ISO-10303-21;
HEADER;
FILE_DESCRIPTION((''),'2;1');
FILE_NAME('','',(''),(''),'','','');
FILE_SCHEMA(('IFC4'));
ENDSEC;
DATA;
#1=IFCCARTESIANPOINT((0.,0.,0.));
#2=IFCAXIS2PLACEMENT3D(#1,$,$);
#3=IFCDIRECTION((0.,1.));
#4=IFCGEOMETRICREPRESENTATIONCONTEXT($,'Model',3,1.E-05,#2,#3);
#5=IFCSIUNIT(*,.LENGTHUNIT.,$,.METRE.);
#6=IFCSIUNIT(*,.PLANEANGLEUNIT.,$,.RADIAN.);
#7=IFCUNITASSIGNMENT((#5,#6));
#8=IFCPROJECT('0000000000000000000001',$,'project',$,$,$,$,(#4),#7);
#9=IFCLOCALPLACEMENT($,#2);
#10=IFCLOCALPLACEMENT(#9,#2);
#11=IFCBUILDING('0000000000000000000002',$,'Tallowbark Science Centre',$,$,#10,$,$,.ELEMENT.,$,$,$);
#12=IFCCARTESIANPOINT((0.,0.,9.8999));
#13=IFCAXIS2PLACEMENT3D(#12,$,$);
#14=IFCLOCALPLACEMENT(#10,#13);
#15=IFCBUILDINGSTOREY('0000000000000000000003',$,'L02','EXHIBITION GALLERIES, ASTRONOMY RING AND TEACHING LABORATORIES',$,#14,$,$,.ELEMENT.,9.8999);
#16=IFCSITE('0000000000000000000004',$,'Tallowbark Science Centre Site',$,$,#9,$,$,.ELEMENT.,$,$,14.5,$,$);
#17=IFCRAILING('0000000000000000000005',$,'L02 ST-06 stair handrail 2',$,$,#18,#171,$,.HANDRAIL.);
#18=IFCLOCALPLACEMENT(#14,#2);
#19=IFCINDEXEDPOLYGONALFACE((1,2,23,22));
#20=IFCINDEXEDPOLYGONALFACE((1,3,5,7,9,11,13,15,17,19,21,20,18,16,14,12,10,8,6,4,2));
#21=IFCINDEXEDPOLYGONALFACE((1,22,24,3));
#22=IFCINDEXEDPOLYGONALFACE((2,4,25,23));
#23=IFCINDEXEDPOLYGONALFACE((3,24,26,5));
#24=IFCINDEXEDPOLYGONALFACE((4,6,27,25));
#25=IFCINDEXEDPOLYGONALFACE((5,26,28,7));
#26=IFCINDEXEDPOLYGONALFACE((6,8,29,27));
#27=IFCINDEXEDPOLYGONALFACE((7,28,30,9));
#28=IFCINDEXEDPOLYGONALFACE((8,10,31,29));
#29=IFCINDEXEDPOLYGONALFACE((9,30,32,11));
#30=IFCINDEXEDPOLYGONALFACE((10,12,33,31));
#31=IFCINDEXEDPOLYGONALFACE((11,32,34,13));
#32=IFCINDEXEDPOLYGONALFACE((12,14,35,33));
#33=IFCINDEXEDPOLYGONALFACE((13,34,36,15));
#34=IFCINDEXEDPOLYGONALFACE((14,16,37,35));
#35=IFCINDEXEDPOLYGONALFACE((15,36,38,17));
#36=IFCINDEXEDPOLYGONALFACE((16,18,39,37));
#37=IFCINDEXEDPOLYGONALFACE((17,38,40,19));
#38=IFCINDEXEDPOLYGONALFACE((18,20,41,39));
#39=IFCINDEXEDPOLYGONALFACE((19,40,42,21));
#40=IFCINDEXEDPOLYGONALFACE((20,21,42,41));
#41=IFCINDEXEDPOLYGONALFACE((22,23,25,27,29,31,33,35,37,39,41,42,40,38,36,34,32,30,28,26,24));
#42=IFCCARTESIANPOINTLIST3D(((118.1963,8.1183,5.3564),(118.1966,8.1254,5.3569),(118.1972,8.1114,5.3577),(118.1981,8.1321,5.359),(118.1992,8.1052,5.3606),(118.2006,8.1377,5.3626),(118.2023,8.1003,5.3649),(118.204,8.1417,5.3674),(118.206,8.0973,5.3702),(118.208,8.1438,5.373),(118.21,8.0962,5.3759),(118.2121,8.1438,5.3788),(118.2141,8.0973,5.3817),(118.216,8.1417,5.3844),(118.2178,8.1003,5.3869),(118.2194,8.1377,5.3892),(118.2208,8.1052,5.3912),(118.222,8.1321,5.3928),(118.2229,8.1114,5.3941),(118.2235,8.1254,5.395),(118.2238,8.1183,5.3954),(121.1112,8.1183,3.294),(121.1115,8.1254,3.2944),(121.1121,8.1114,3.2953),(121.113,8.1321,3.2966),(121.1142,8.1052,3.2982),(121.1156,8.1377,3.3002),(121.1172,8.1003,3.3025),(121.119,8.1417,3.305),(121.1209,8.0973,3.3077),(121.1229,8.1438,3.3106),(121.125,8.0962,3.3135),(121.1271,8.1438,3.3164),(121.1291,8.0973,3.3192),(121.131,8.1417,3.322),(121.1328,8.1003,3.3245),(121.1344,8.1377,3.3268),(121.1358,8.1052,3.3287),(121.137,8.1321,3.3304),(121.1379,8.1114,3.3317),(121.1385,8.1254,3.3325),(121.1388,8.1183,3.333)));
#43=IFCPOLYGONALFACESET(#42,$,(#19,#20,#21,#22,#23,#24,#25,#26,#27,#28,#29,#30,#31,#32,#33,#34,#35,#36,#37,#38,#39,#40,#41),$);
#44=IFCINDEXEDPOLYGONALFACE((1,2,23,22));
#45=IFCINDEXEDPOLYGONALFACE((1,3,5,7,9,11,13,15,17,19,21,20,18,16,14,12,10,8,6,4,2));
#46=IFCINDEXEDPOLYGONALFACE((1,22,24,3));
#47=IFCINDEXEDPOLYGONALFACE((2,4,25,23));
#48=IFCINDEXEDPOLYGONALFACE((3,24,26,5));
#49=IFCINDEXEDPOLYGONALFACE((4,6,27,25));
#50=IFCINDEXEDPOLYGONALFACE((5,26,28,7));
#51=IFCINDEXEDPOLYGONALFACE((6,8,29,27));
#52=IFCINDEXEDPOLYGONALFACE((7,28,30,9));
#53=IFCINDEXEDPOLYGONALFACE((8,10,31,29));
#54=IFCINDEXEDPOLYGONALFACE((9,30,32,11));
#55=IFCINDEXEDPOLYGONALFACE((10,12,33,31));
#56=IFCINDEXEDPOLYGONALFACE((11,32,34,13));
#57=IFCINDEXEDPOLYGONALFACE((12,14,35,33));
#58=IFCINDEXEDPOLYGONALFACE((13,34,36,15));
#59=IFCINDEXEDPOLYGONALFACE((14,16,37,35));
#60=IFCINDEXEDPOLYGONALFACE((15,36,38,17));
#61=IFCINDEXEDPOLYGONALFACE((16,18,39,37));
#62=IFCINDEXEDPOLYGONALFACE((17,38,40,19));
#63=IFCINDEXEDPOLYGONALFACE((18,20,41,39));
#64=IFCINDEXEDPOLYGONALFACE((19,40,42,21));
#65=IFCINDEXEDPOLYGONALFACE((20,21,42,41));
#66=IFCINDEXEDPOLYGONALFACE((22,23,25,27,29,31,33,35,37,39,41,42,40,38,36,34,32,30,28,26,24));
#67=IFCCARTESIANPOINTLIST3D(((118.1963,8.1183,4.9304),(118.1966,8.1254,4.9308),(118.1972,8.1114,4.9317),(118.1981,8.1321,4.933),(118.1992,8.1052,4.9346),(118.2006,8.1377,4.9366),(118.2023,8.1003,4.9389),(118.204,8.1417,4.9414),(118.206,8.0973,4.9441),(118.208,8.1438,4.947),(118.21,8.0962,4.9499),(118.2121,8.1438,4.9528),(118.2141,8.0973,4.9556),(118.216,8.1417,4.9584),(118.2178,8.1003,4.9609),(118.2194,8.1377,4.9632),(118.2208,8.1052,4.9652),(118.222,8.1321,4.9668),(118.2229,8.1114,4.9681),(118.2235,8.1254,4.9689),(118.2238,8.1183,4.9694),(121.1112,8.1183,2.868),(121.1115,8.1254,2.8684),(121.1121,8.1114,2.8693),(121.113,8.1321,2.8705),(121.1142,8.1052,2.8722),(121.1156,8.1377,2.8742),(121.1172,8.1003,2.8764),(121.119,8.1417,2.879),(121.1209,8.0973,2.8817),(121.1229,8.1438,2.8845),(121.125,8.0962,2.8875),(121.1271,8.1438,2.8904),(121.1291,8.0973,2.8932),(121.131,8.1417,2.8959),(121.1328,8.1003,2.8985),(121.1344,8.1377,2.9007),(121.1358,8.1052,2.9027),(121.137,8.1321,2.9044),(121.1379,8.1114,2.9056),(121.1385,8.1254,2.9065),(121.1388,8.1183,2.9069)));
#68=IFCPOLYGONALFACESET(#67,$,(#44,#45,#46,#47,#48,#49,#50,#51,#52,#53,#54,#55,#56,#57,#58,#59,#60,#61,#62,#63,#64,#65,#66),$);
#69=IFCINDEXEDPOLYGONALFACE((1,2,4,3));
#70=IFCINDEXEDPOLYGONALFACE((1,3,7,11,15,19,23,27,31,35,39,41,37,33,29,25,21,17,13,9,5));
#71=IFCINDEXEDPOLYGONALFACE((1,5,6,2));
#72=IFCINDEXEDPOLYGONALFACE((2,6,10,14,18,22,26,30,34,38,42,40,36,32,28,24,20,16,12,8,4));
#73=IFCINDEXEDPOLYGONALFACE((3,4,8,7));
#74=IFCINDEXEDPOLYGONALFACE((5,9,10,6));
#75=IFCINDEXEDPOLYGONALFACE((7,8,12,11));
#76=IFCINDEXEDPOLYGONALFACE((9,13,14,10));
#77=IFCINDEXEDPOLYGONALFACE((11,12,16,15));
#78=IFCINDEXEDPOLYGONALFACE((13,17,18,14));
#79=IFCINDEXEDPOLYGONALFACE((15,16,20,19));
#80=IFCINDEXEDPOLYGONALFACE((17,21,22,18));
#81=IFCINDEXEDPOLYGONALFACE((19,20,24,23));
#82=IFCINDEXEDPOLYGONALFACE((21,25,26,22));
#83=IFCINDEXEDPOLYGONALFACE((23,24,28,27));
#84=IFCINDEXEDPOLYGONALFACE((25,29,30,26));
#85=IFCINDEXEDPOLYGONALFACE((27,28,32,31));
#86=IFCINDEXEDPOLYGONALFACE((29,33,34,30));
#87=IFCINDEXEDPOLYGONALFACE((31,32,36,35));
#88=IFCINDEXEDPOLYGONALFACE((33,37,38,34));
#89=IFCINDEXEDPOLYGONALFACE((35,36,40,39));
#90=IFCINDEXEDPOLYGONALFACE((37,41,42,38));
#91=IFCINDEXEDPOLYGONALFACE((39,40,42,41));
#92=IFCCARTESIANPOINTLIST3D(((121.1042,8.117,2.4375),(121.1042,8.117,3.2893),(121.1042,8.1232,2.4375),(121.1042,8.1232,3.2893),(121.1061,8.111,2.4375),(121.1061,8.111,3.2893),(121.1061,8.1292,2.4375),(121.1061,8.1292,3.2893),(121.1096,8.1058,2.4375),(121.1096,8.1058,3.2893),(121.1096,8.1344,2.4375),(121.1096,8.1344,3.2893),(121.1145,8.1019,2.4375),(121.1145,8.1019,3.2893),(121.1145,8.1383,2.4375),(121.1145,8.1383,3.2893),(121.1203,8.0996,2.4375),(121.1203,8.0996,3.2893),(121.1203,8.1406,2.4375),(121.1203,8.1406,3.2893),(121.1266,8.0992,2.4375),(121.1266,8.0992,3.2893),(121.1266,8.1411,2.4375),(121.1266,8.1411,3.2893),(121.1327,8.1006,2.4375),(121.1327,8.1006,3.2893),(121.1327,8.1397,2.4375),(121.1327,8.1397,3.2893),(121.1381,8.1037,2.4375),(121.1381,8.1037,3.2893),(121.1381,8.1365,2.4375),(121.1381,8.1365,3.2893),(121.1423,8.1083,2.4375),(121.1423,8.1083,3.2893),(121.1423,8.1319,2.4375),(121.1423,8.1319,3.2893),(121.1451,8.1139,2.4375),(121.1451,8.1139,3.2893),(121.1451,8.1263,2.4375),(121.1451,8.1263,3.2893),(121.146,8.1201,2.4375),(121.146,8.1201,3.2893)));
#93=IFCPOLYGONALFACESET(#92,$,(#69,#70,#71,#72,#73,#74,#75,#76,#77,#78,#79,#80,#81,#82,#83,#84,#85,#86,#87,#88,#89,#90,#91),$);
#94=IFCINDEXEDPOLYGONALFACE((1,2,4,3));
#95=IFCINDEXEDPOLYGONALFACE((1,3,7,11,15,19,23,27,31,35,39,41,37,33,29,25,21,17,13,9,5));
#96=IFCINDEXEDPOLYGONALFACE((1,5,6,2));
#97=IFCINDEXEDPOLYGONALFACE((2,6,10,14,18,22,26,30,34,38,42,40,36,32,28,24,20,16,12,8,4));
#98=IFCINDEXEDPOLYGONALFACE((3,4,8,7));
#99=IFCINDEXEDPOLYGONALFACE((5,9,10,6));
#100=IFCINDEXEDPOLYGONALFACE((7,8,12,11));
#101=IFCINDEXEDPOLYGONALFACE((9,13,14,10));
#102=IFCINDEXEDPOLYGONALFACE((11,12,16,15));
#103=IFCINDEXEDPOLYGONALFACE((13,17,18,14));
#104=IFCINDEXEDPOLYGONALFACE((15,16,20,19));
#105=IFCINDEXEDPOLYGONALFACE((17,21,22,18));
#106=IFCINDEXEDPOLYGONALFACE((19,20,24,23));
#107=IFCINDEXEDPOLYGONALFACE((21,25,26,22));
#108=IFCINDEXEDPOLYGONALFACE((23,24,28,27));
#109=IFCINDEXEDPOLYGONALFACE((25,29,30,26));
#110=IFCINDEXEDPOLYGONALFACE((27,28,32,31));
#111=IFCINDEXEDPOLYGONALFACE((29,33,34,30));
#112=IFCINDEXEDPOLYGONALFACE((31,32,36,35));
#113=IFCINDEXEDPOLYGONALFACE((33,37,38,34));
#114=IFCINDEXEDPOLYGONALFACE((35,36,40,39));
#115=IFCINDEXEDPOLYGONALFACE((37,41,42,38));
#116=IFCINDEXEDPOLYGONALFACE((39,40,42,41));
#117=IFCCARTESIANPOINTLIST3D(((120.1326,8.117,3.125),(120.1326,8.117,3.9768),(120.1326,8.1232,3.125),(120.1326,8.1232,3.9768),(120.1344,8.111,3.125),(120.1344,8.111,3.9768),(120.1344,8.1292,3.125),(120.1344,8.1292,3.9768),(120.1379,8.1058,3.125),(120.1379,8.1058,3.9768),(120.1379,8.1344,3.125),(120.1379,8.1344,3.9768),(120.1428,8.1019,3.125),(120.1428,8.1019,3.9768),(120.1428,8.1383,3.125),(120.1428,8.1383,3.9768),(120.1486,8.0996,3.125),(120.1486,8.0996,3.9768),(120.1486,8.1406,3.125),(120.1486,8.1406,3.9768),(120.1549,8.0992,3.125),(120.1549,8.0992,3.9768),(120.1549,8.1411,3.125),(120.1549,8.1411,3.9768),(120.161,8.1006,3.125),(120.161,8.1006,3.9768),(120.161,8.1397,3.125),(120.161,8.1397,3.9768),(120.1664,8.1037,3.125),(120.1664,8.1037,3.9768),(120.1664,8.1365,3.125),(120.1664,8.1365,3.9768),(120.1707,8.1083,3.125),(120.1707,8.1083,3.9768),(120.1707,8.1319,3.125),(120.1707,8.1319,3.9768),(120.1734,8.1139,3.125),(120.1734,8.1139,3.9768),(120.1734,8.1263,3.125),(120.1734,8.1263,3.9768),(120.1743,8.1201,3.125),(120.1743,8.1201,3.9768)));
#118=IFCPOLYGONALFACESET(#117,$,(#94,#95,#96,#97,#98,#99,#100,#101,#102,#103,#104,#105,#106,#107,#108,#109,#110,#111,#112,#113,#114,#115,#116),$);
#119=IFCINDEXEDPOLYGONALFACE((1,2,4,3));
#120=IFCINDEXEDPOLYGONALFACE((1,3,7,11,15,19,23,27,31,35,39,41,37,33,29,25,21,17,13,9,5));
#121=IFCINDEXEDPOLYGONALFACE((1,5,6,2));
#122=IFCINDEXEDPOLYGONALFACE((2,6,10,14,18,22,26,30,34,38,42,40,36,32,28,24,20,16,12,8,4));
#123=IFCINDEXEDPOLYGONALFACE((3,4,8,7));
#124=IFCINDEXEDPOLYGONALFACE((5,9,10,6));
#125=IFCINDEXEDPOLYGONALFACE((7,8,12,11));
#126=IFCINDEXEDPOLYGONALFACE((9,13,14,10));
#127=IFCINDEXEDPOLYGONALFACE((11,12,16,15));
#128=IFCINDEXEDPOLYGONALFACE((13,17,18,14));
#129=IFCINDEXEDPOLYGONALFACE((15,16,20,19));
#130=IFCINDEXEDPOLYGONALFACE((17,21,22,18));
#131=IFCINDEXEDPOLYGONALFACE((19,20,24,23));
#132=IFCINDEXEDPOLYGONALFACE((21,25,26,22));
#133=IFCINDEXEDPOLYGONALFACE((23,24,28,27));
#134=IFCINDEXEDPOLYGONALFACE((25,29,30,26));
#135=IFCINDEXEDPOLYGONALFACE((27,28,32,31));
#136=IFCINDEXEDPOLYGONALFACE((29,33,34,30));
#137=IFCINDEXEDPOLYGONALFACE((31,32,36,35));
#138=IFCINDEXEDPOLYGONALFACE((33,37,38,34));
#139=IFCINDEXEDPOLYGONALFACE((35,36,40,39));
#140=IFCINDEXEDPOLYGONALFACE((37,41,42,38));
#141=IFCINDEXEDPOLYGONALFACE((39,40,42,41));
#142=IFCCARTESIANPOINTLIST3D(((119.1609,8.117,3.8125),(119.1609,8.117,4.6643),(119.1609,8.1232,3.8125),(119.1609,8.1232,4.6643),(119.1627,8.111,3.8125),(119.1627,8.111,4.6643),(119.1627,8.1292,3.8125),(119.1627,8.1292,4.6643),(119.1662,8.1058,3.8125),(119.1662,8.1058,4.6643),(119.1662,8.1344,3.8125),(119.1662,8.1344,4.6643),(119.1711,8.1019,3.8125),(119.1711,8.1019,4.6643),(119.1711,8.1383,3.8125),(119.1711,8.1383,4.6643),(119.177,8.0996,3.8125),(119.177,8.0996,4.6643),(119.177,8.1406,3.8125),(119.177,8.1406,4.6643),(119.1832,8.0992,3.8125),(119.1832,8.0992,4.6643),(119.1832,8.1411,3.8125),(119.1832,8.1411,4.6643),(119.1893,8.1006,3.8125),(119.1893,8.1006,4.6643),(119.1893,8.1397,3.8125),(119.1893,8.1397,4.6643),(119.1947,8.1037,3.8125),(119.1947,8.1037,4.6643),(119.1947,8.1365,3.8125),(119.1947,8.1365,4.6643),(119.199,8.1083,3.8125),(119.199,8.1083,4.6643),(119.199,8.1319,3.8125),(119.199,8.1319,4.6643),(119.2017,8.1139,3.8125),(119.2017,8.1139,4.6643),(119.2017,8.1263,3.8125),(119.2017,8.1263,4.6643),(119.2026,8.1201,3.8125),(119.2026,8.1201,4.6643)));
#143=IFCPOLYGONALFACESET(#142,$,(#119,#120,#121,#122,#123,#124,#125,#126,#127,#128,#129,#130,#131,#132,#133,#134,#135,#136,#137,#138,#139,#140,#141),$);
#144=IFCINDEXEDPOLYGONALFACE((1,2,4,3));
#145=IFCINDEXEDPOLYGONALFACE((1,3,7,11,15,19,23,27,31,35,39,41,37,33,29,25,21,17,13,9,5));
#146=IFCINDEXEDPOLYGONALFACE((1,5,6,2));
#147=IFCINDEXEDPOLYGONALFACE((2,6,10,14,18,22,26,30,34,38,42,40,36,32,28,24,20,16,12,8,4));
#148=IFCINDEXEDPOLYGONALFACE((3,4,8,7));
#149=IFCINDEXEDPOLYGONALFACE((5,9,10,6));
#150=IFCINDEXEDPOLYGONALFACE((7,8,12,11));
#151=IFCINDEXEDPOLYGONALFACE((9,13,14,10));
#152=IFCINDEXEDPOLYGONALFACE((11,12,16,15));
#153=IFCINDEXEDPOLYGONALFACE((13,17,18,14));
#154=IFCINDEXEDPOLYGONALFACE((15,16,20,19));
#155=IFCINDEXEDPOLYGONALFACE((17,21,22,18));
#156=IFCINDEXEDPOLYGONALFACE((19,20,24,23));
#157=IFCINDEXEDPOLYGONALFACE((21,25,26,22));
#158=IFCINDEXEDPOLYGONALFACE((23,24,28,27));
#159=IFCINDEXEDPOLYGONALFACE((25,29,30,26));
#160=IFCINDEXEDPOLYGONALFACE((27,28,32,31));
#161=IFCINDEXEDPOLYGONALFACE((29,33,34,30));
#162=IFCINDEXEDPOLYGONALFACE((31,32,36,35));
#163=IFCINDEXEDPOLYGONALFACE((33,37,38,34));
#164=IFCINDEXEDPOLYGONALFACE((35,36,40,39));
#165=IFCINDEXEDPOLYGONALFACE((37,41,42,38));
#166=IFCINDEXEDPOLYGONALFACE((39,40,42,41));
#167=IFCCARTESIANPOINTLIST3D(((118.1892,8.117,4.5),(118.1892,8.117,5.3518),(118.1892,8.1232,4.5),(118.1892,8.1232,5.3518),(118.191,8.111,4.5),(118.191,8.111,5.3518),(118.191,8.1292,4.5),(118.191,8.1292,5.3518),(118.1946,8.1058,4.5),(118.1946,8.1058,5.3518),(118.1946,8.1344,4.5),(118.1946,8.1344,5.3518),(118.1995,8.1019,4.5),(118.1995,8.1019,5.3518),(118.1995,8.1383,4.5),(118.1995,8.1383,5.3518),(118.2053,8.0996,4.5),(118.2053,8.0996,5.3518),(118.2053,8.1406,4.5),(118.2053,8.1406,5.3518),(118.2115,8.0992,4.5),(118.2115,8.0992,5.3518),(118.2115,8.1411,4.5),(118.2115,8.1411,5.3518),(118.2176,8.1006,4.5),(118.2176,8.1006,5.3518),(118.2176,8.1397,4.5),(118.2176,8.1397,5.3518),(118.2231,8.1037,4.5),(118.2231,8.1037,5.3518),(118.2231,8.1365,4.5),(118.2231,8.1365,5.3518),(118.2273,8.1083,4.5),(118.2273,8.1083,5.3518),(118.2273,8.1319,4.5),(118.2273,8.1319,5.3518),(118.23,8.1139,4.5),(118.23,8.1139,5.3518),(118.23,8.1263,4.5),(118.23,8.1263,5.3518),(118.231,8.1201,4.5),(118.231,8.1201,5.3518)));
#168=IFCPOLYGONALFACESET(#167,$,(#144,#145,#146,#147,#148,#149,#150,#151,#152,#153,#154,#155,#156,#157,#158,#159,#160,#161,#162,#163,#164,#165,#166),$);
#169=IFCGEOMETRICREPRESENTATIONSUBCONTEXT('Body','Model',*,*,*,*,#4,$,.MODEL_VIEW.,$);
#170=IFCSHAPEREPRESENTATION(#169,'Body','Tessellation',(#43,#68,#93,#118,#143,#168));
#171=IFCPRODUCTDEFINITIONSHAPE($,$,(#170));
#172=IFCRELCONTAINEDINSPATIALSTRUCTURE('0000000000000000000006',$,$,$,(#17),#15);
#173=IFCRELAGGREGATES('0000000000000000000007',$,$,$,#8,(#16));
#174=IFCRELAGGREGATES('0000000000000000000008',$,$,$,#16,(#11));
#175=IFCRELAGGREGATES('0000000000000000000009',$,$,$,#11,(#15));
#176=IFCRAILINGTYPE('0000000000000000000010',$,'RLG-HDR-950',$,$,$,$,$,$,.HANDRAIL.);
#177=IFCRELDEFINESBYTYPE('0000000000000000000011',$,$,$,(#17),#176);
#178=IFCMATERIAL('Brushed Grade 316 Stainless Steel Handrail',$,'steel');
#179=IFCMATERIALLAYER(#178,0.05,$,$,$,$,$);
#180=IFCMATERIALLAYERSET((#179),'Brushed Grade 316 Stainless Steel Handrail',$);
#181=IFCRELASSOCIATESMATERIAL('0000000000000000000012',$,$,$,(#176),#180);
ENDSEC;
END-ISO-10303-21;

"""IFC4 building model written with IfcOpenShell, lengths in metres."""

from ifc_helpers import new_model, si_unit, direction, frame, origin, origin_2d, place, context, subcontext, project, spatial, circle, extrude, material, layer, layer_set, type_object, element, save


model = new_model("IFC4")

# Units and contexts
model_context = context("Model", 3, precision=1e-05, world=origin(), true_north=direction((0.0, 1.0)))
body_context = subcontext(model_context, "Body", "Model", "MODEL_VIEW")
ifc_project = project(units=[si_unit("LENGTHUNIT", "METRE"), si_unit("PLANEANGLEUNIT", "RADIAN")], contexts=[model_context])

# Site, building, storey
site_placement = place(None, origin())
site = spatial("IfcSite", under=ifc_project, at=site_placement, Name="Tallowbark Science Centre Site", CompositionType="ELEMENT", RefElevation=14.5)
building_placement = place(site_placement, origin())
building = spatial("IfcBuilding", under=site, at=building_placement, Name="Tallowbark Science Centre", CompositionType="ELEMENT")
storey_placement = place(building_placement, frame((0.0, 0.0, 9.8999)))
storey = spatial("IfcBuildingStorey", under=building, at=storey_placement, Name="L02", Description="EXHIBITION GALLERIES, ASTRONOMY RING AND TEACHING LABORATORIES", CompositionType="ELEMENT", Elevation=9.8999)

# Railing
ifc_material_1 = material(Name="Brushed Grade 316 Stainless Steel Handrail", Category="steel")
ifc_layer_1 = layer(ifc_material_1, 0.05)
ifc_layer_set_1 = layer_set([ifc_layer_1], Name="Brushed Grade 316 Stainless Steel Handrail")
railing_type_1 = type_object("IfcRailingType", Name="RLG-HDR-950", PredefinedType="HANDRAIL", material=ifc_layer_set_1)
railing_1_placement = place(storey_placement, frame((121.125, 8.1201, 2.4375)))
element("IfcRailing", 1, at=railing_1_placement, inside=storey, type_object=railing_type_1, Name="L02 ST-06 stair handrail 2", PredefinedType="HANDRAIL", context=body_context, shape_type="SweptSolid", body=[
    extrude(circle(Radius=0.0239, at=origin_2d()), frame((0.0, 0.0, 0.876), z_axis=(-0.816331, 0.0, 0.577585), x_axis=(0.0, -1.0, 0.0)), (0.0, 0.0, 1.0), 3.5708),
    extrude(circle(Radius=0.0239, at=origin_2d()), frame((0.0, 0.0, 0.45), z_axis=(-0.816331, 0.0, 0.577585), x_axis=(0.0, -1.0, 0.0)), (0.0, 0.0, 1.0), 3.5708),
    extrude(circle(Radius=0.021, at=origin_2d()), origin(), (0.0, 0.0, 1.0), 0.8518),
    extrude(circle(Radius=0.021, at=origin_2d()), frame((-0.9717, 0.0, 0.6875)), (0.0, 0.0, 1.0), 0.8518),
    extrude(circle(Radius=0.021, at=origin_2d()), frame((-1.9434, 0.0, 1.375)), (0.0, 0.0, 1.0), 0.8518),
    extrude(circle(Radius=0.021, at=origin_2d()), frame((-2.915, 0.0, 2.0625)), (0.0, 0.0, 1.0), 0.8518),
])

save(model, "model.ifc")
